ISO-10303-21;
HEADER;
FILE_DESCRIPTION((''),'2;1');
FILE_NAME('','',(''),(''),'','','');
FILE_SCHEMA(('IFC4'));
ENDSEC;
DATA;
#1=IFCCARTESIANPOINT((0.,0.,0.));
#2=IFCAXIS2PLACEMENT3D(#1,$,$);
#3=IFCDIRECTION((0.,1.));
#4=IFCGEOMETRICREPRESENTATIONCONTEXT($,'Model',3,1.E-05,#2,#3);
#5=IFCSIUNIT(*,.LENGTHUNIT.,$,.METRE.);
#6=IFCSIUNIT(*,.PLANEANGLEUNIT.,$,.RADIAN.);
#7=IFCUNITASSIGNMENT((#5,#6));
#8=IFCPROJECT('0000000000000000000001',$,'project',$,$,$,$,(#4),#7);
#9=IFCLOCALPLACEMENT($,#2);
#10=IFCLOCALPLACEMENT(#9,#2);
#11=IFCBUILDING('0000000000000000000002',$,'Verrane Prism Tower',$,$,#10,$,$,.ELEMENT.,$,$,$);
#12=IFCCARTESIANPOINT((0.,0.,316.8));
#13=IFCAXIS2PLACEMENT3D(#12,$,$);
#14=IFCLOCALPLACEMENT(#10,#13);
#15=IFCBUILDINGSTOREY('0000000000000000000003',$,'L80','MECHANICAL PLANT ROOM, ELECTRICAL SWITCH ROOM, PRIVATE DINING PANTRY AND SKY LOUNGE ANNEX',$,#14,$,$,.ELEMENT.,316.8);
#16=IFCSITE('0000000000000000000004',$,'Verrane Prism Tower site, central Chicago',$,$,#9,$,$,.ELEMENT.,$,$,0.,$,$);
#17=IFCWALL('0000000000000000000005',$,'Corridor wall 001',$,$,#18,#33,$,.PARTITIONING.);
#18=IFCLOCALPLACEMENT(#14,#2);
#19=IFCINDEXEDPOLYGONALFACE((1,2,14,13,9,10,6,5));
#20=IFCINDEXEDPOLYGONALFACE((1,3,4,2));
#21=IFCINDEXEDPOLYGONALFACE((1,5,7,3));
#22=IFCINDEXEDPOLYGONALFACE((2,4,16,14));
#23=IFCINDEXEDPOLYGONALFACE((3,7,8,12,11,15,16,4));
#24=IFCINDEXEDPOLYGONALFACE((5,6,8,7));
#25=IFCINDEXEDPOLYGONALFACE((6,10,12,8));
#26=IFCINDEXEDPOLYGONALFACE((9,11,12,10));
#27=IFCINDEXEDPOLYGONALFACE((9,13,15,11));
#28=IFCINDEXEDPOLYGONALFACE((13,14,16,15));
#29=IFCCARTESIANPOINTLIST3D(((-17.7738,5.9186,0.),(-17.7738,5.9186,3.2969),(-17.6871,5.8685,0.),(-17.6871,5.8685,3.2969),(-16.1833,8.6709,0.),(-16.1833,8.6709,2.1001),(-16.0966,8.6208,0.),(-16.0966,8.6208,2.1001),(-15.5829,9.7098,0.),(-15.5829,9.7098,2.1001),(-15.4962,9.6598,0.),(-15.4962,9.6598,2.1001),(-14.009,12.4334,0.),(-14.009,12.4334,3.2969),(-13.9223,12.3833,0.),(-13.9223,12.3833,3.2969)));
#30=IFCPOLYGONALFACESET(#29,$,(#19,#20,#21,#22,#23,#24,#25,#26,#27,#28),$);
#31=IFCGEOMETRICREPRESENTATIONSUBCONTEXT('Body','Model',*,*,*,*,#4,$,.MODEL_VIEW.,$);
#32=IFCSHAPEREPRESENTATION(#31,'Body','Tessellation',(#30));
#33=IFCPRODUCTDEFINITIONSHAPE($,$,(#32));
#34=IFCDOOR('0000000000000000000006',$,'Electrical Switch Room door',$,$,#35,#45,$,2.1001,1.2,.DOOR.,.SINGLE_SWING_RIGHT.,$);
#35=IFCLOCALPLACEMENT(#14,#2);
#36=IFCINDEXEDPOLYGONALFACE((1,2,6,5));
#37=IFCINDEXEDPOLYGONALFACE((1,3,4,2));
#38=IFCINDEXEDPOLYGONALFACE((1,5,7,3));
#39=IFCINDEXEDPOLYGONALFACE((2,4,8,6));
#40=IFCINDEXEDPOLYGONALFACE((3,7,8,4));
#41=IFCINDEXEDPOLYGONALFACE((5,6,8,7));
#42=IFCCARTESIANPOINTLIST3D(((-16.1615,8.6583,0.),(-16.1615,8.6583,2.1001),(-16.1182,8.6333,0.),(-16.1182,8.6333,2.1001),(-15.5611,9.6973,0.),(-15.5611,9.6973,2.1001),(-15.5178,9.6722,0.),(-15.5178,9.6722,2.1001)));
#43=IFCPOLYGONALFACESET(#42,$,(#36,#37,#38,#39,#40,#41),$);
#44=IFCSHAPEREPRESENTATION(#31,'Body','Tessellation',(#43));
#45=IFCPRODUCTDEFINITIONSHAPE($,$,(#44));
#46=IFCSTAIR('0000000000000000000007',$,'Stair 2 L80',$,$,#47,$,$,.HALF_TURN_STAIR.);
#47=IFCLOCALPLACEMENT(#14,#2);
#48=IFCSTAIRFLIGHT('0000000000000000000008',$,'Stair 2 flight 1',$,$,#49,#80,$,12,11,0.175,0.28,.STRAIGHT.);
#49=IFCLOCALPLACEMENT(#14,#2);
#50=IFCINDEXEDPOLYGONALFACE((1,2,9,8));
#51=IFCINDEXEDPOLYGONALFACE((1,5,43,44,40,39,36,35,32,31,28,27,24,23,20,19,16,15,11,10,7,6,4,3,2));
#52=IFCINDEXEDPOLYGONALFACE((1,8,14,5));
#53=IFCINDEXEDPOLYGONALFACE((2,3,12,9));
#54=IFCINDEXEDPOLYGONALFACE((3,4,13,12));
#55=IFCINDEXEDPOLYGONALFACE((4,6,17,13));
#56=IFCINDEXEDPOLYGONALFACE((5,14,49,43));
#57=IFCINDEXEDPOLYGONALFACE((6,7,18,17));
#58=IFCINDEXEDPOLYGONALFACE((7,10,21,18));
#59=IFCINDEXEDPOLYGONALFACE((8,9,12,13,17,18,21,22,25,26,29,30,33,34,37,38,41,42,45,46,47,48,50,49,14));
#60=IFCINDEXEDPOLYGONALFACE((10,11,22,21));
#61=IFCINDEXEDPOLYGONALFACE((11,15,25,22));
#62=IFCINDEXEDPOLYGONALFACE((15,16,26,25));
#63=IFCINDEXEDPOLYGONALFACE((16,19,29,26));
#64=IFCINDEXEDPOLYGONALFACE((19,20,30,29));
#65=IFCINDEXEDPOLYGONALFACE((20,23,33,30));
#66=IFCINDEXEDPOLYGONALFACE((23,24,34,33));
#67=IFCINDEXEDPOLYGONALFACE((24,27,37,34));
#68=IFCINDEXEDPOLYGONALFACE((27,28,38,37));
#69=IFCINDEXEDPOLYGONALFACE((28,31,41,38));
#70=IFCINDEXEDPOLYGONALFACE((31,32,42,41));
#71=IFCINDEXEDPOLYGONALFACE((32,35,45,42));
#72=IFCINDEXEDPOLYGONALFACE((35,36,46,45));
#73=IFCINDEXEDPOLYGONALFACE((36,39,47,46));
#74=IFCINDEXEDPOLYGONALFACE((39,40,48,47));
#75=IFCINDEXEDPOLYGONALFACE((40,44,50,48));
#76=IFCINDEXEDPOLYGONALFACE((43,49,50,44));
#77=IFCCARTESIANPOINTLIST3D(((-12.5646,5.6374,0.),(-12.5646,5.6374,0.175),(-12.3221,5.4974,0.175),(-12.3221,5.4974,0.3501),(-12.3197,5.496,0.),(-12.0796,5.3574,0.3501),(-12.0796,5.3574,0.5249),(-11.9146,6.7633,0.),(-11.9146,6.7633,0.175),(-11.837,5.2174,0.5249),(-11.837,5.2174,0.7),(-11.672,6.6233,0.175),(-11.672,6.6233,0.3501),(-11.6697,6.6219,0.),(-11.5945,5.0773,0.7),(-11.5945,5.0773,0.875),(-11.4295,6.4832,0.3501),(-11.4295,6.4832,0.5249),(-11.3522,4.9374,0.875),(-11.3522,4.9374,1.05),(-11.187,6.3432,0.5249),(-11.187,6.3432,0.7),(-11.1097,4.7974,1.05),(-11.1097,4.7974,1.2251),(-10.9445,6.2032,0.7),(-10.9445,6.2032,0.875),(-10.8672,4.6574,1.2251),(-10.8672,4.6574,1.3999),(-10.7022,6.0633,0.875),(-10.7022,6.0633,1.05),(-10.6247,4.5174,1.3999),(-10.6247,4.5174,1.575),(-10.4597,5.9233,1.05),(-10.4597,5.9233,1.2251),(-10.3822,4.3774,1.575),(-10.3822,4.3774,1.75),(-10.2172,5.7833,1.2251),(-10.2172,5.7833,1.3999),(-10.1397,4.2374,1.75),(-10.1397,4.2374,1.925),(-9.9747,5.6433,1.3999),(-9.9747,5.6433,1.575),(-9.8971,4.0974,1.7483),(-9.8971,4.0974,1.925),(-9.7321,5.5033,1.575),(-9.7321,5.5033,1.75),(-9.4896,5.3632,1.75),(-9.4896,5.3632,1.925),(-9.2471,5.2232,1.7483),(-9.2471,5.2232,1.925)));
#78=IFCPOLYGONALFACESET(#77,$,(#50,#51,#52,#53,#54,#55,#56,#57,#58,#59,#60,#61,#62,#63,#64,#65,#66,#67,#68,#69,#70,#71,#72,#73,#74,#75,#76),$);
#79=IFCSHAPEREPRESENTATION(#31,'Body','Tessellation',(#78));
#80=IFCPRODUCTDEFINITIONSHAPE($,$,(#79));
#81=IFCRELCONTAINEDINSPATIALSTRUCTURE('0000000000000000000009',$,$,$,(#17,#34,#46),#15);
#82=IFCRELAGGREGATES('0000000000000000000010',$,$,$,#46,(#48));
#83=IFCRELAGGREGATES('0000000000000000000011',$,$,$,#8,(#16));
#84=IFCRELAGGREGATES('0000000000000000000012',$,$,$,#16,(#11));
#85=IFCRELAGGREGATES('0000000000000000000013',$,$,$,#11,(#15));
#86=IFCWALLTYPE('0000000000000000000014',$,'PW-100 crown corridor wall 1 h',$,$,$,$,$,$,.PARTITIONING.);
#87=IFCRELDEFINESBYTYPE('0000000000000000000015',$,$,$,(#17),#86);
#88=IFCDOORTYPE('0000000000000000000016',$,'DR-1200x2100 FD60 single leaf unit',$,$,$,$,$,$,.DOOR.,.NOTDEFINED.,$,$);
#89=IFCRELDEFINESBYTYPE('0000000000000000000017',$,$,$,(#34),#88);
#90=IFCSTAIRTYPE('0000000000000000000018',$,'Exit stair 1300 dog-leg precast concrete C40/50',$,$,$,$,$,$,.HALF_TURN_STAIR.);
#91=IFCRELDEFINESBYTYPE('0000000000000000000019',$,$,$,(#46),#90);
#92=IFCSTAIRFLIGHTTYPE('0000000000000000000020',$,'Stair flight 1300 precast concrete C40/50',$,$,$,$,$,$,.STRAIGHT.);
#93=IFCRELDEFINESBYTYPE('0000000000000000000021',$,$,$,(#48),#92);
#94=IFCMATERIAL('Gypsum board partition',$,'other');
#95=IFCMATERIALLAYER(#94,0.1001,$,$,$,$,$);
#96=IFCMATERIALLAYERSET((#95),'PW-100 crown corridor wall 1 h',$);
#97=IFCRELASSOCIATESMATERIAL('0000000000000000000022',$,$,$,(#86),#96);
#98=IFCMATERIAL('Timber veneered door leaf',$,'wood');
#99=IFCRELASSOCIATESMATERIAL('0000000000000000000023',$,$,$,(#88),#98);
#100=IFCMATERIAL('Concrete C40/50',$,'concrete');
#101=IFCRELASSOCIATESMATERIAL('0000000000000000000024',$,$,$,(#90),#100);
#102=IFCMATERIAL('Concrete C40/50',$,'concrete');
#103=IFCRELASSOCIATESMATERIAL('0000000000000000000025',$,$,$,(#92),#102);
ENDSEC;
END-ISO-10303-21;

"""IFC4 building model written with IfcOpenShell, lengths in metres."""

from ifc_helpers import new_model, si_unit, direction, frame, frame_2d, origin, place, context, subcontext, project, spatial, polyline, rectangle, outline, extrude, material, layer, layer_set, type_object, element, fill, aggregate, save


model = new_model("IFC4")

# Units and contexts
model_context = context("Model", 3, precision=1e-05, world=origin(), true_north=direction((0.0, 1.0)))
body_context = subcontext(model_context, "Body", "Model", "MODEL_VIEW")
ifc_project = project(units=[si_unit("LENGTHUNIT", "METRE"), si_unit("PLANEANGLEUNIT", "RADIAN")], contexts=[model_context])

# Site, building, storey
site_placement = place(None, origin())
site = spatial("IfcSite", under=ifc_project, at=site_placement, Name="Verrane Prism Tower site, central Chicago", CompositionType="ELEMENT", RefElevation=0.0)
building_placement = place(site_placement, origin())
building = spatial("IfcBuilding", under=site, at=building_placement, Name="Verrane Prism Tower", CompositionType="ELEMENT")
storey_placement = place(building_placement, frame((0.0, 0.0, 316.8)))
storey = spatial("IfcBuildingStorey", under=building, at=storey_placement, Name="L80", Description="MECHANICAL PLANT ROOM, ELECTRICAL SWITCH ROOM, PRIVATE DINING PANTRY AND SKY LOUNGE ANNEX", CompositionType="ELEMENT", Elevation=316.8)

# Wall, opening, door
ifc_material_1 = material(Name="Gypsum board partition", Category="other")
ifc_layer_1 = layer(ifc_material_1, 0.1001)
ifc_layer_set_1 = layer_set([ifc_layer_1], Name="PW-100 crown corridor wall 1 h")
wall_type_1 = type_object("IfcWallType", Name="PW-100 crown corridor wall 1 h", PredefinedType="PARTITIONING", material=ifc_layer_set_1)
wall_1_placement = place(storey_placement, frame((-17.7305, 5.8936, 0.0), z_axis=(0.0, 0.0, 1.0), x_axis=(0.500351, 0.865823, 0.0)))
wall_1 = element("IfcWall", 1, at=wall_1_placement, inside=storey, type_object=wall_type_1, Name="Corridor wall 001", PredefinedType="PARTITIONING", context=body_context, shape_type="SweptSolid", body=[
    extrude(rectangle(XDim=7.5244, YDim=0.1001, at=frame_2d((3.7622, 0.0))), origin(), (0.0, 0.0, 1.0), 3.2969),
])
opening_1_placement = place(wall_1_placement, frame((3.1787, 0.0, 0.0)))
opening_1 = element("IfcOpeningElement", 2, at=opening_1_placement, cuts=wall_1, PredefinedType="OPENING", context=body_context, shape_type="SweptSolid", body=[
    extrude(rectangle(XDim=1.2, YDim=2.1001, at=frame_2d((0.6001, 1.05))), frame((0.0, 0.0601, 0.0), z_axis=(0.0, -1.0, 0.0), x_axis=(1.0, 0.0, 0.0)), (0.0, 0.0, 1.0), 0.1201),
])
ifc_material_2 = material(Name="Timber veneered door leaf", Category="wood")
door_type_1 = type_object("IfcDoorType", Name="DR-1200x2100 FD60 single leaf unit", OperationType="NOTDEFINED", PredefinedType="DOOR", material=ifc_material_2)
door_1_placement = place(opening_1_placement, origin())
door_1 = element("IfcDoor", 3, at=door_1_placement, inside=storey, type_object=door_type_1, Name="Electrical Switch Room door", OperationType="SINGLE_SWING_RIGHT", OverallHeight=2.1001, OverallWidth=1.2, PredefinedType="DOOR", context=body_context, shape_type="SweptSolid", body=[
    extrude(rectangle(XDim=1.2, YDim=2.1001, at=frame_2d((0.6001, 1.05))), frame((0.0, 0.0249, 0.0), z_axis=(0.0, -1.0, 0.0), x_axis=(1.0, 0.0, 0.0)), (0.0, 0.0, 1.0), 0.05),
])
fill(opening_1, door_1)

# Stair, stair flight
ifc_material_3 = material(Name="Concrete C40/50", Category="concrete")
stair_type = type_object("IfcStairType", Name="Exit stair 1300 dog-leg precast concrete C40/50", PredefinedType="HALF_TURN_STAIR", material=ifc_material_3)
stair_placement = place(storey_placement, origin())
stair = element("IfcStair", 4, at=stair_placement, inside=storey, type_object=stair_type, Name="Stair 2 L80", PredefinedType="HALF_TURN_STAIR")
ifc_material_4 = material(Name="Concrete C40/50", Category="concrete")
stair_flight_type = type_object("IfcStairFlightType", Name="Stair flight 1300 precast concrete C40/50", PredefinedType="STRAIGHT", material=ifc_material_4)
stair_flight_placement = place(storey_placement, frame((-12.2395, 6.2004, 0.0), z_axis=(0.0, 0.0, 1.0), x_axis=(0.866025, -0.5, 0.0)))
stair_flight = element("IfcStairFlight", 5, at=stair_flight_placement, type_object=stair_flight_type, Name="Stair 2 flight 1", NumberOfRisers=12, NumberOfTreads=11, PredefinedType="STRAIGHT", RiserHeight=0.175, TreadLength=0.28, context=body_context, shape_type="SweptSolid", body=[
    extrude(outline(polyline([(0.0, 0.0), (0.0, 0.175), (0.28, 0.175), (0.28, 0.3501), (0.5601, 0.3501), (0.5601, 0.5249), (0.8401, 0.5249), (0.8401, 0.7), (1.1201, 0.7), (1.1201, 0.875), (1.3999, 0.875), (1.3999, 1.05), (1.6799, 1.05), (1.6799, 1.2251), (1.96, 1.2251), (1.96, 1.3999), (2.24, 1.3999), (2.24, 1.575), (2.52, 1.575), (2.52, 1.75), (2.8, 1.75), (2.8, 1.925), (3.0801, 1.925), (3.0801, 2.1001), (3.0801, 1.7483), (0.2827, 0.0), (0.0, 0.0)])), frame((0.0, 0.6499, 0.0), z_axis=(0.0, -1.0, 0.0), x_axis=(1.0, 0.0, 0.0)), (0.0, 0.0, 1.0), 1.3),
])
aggregate(stair, [stair_flight])

save(model, "model.ifc")
